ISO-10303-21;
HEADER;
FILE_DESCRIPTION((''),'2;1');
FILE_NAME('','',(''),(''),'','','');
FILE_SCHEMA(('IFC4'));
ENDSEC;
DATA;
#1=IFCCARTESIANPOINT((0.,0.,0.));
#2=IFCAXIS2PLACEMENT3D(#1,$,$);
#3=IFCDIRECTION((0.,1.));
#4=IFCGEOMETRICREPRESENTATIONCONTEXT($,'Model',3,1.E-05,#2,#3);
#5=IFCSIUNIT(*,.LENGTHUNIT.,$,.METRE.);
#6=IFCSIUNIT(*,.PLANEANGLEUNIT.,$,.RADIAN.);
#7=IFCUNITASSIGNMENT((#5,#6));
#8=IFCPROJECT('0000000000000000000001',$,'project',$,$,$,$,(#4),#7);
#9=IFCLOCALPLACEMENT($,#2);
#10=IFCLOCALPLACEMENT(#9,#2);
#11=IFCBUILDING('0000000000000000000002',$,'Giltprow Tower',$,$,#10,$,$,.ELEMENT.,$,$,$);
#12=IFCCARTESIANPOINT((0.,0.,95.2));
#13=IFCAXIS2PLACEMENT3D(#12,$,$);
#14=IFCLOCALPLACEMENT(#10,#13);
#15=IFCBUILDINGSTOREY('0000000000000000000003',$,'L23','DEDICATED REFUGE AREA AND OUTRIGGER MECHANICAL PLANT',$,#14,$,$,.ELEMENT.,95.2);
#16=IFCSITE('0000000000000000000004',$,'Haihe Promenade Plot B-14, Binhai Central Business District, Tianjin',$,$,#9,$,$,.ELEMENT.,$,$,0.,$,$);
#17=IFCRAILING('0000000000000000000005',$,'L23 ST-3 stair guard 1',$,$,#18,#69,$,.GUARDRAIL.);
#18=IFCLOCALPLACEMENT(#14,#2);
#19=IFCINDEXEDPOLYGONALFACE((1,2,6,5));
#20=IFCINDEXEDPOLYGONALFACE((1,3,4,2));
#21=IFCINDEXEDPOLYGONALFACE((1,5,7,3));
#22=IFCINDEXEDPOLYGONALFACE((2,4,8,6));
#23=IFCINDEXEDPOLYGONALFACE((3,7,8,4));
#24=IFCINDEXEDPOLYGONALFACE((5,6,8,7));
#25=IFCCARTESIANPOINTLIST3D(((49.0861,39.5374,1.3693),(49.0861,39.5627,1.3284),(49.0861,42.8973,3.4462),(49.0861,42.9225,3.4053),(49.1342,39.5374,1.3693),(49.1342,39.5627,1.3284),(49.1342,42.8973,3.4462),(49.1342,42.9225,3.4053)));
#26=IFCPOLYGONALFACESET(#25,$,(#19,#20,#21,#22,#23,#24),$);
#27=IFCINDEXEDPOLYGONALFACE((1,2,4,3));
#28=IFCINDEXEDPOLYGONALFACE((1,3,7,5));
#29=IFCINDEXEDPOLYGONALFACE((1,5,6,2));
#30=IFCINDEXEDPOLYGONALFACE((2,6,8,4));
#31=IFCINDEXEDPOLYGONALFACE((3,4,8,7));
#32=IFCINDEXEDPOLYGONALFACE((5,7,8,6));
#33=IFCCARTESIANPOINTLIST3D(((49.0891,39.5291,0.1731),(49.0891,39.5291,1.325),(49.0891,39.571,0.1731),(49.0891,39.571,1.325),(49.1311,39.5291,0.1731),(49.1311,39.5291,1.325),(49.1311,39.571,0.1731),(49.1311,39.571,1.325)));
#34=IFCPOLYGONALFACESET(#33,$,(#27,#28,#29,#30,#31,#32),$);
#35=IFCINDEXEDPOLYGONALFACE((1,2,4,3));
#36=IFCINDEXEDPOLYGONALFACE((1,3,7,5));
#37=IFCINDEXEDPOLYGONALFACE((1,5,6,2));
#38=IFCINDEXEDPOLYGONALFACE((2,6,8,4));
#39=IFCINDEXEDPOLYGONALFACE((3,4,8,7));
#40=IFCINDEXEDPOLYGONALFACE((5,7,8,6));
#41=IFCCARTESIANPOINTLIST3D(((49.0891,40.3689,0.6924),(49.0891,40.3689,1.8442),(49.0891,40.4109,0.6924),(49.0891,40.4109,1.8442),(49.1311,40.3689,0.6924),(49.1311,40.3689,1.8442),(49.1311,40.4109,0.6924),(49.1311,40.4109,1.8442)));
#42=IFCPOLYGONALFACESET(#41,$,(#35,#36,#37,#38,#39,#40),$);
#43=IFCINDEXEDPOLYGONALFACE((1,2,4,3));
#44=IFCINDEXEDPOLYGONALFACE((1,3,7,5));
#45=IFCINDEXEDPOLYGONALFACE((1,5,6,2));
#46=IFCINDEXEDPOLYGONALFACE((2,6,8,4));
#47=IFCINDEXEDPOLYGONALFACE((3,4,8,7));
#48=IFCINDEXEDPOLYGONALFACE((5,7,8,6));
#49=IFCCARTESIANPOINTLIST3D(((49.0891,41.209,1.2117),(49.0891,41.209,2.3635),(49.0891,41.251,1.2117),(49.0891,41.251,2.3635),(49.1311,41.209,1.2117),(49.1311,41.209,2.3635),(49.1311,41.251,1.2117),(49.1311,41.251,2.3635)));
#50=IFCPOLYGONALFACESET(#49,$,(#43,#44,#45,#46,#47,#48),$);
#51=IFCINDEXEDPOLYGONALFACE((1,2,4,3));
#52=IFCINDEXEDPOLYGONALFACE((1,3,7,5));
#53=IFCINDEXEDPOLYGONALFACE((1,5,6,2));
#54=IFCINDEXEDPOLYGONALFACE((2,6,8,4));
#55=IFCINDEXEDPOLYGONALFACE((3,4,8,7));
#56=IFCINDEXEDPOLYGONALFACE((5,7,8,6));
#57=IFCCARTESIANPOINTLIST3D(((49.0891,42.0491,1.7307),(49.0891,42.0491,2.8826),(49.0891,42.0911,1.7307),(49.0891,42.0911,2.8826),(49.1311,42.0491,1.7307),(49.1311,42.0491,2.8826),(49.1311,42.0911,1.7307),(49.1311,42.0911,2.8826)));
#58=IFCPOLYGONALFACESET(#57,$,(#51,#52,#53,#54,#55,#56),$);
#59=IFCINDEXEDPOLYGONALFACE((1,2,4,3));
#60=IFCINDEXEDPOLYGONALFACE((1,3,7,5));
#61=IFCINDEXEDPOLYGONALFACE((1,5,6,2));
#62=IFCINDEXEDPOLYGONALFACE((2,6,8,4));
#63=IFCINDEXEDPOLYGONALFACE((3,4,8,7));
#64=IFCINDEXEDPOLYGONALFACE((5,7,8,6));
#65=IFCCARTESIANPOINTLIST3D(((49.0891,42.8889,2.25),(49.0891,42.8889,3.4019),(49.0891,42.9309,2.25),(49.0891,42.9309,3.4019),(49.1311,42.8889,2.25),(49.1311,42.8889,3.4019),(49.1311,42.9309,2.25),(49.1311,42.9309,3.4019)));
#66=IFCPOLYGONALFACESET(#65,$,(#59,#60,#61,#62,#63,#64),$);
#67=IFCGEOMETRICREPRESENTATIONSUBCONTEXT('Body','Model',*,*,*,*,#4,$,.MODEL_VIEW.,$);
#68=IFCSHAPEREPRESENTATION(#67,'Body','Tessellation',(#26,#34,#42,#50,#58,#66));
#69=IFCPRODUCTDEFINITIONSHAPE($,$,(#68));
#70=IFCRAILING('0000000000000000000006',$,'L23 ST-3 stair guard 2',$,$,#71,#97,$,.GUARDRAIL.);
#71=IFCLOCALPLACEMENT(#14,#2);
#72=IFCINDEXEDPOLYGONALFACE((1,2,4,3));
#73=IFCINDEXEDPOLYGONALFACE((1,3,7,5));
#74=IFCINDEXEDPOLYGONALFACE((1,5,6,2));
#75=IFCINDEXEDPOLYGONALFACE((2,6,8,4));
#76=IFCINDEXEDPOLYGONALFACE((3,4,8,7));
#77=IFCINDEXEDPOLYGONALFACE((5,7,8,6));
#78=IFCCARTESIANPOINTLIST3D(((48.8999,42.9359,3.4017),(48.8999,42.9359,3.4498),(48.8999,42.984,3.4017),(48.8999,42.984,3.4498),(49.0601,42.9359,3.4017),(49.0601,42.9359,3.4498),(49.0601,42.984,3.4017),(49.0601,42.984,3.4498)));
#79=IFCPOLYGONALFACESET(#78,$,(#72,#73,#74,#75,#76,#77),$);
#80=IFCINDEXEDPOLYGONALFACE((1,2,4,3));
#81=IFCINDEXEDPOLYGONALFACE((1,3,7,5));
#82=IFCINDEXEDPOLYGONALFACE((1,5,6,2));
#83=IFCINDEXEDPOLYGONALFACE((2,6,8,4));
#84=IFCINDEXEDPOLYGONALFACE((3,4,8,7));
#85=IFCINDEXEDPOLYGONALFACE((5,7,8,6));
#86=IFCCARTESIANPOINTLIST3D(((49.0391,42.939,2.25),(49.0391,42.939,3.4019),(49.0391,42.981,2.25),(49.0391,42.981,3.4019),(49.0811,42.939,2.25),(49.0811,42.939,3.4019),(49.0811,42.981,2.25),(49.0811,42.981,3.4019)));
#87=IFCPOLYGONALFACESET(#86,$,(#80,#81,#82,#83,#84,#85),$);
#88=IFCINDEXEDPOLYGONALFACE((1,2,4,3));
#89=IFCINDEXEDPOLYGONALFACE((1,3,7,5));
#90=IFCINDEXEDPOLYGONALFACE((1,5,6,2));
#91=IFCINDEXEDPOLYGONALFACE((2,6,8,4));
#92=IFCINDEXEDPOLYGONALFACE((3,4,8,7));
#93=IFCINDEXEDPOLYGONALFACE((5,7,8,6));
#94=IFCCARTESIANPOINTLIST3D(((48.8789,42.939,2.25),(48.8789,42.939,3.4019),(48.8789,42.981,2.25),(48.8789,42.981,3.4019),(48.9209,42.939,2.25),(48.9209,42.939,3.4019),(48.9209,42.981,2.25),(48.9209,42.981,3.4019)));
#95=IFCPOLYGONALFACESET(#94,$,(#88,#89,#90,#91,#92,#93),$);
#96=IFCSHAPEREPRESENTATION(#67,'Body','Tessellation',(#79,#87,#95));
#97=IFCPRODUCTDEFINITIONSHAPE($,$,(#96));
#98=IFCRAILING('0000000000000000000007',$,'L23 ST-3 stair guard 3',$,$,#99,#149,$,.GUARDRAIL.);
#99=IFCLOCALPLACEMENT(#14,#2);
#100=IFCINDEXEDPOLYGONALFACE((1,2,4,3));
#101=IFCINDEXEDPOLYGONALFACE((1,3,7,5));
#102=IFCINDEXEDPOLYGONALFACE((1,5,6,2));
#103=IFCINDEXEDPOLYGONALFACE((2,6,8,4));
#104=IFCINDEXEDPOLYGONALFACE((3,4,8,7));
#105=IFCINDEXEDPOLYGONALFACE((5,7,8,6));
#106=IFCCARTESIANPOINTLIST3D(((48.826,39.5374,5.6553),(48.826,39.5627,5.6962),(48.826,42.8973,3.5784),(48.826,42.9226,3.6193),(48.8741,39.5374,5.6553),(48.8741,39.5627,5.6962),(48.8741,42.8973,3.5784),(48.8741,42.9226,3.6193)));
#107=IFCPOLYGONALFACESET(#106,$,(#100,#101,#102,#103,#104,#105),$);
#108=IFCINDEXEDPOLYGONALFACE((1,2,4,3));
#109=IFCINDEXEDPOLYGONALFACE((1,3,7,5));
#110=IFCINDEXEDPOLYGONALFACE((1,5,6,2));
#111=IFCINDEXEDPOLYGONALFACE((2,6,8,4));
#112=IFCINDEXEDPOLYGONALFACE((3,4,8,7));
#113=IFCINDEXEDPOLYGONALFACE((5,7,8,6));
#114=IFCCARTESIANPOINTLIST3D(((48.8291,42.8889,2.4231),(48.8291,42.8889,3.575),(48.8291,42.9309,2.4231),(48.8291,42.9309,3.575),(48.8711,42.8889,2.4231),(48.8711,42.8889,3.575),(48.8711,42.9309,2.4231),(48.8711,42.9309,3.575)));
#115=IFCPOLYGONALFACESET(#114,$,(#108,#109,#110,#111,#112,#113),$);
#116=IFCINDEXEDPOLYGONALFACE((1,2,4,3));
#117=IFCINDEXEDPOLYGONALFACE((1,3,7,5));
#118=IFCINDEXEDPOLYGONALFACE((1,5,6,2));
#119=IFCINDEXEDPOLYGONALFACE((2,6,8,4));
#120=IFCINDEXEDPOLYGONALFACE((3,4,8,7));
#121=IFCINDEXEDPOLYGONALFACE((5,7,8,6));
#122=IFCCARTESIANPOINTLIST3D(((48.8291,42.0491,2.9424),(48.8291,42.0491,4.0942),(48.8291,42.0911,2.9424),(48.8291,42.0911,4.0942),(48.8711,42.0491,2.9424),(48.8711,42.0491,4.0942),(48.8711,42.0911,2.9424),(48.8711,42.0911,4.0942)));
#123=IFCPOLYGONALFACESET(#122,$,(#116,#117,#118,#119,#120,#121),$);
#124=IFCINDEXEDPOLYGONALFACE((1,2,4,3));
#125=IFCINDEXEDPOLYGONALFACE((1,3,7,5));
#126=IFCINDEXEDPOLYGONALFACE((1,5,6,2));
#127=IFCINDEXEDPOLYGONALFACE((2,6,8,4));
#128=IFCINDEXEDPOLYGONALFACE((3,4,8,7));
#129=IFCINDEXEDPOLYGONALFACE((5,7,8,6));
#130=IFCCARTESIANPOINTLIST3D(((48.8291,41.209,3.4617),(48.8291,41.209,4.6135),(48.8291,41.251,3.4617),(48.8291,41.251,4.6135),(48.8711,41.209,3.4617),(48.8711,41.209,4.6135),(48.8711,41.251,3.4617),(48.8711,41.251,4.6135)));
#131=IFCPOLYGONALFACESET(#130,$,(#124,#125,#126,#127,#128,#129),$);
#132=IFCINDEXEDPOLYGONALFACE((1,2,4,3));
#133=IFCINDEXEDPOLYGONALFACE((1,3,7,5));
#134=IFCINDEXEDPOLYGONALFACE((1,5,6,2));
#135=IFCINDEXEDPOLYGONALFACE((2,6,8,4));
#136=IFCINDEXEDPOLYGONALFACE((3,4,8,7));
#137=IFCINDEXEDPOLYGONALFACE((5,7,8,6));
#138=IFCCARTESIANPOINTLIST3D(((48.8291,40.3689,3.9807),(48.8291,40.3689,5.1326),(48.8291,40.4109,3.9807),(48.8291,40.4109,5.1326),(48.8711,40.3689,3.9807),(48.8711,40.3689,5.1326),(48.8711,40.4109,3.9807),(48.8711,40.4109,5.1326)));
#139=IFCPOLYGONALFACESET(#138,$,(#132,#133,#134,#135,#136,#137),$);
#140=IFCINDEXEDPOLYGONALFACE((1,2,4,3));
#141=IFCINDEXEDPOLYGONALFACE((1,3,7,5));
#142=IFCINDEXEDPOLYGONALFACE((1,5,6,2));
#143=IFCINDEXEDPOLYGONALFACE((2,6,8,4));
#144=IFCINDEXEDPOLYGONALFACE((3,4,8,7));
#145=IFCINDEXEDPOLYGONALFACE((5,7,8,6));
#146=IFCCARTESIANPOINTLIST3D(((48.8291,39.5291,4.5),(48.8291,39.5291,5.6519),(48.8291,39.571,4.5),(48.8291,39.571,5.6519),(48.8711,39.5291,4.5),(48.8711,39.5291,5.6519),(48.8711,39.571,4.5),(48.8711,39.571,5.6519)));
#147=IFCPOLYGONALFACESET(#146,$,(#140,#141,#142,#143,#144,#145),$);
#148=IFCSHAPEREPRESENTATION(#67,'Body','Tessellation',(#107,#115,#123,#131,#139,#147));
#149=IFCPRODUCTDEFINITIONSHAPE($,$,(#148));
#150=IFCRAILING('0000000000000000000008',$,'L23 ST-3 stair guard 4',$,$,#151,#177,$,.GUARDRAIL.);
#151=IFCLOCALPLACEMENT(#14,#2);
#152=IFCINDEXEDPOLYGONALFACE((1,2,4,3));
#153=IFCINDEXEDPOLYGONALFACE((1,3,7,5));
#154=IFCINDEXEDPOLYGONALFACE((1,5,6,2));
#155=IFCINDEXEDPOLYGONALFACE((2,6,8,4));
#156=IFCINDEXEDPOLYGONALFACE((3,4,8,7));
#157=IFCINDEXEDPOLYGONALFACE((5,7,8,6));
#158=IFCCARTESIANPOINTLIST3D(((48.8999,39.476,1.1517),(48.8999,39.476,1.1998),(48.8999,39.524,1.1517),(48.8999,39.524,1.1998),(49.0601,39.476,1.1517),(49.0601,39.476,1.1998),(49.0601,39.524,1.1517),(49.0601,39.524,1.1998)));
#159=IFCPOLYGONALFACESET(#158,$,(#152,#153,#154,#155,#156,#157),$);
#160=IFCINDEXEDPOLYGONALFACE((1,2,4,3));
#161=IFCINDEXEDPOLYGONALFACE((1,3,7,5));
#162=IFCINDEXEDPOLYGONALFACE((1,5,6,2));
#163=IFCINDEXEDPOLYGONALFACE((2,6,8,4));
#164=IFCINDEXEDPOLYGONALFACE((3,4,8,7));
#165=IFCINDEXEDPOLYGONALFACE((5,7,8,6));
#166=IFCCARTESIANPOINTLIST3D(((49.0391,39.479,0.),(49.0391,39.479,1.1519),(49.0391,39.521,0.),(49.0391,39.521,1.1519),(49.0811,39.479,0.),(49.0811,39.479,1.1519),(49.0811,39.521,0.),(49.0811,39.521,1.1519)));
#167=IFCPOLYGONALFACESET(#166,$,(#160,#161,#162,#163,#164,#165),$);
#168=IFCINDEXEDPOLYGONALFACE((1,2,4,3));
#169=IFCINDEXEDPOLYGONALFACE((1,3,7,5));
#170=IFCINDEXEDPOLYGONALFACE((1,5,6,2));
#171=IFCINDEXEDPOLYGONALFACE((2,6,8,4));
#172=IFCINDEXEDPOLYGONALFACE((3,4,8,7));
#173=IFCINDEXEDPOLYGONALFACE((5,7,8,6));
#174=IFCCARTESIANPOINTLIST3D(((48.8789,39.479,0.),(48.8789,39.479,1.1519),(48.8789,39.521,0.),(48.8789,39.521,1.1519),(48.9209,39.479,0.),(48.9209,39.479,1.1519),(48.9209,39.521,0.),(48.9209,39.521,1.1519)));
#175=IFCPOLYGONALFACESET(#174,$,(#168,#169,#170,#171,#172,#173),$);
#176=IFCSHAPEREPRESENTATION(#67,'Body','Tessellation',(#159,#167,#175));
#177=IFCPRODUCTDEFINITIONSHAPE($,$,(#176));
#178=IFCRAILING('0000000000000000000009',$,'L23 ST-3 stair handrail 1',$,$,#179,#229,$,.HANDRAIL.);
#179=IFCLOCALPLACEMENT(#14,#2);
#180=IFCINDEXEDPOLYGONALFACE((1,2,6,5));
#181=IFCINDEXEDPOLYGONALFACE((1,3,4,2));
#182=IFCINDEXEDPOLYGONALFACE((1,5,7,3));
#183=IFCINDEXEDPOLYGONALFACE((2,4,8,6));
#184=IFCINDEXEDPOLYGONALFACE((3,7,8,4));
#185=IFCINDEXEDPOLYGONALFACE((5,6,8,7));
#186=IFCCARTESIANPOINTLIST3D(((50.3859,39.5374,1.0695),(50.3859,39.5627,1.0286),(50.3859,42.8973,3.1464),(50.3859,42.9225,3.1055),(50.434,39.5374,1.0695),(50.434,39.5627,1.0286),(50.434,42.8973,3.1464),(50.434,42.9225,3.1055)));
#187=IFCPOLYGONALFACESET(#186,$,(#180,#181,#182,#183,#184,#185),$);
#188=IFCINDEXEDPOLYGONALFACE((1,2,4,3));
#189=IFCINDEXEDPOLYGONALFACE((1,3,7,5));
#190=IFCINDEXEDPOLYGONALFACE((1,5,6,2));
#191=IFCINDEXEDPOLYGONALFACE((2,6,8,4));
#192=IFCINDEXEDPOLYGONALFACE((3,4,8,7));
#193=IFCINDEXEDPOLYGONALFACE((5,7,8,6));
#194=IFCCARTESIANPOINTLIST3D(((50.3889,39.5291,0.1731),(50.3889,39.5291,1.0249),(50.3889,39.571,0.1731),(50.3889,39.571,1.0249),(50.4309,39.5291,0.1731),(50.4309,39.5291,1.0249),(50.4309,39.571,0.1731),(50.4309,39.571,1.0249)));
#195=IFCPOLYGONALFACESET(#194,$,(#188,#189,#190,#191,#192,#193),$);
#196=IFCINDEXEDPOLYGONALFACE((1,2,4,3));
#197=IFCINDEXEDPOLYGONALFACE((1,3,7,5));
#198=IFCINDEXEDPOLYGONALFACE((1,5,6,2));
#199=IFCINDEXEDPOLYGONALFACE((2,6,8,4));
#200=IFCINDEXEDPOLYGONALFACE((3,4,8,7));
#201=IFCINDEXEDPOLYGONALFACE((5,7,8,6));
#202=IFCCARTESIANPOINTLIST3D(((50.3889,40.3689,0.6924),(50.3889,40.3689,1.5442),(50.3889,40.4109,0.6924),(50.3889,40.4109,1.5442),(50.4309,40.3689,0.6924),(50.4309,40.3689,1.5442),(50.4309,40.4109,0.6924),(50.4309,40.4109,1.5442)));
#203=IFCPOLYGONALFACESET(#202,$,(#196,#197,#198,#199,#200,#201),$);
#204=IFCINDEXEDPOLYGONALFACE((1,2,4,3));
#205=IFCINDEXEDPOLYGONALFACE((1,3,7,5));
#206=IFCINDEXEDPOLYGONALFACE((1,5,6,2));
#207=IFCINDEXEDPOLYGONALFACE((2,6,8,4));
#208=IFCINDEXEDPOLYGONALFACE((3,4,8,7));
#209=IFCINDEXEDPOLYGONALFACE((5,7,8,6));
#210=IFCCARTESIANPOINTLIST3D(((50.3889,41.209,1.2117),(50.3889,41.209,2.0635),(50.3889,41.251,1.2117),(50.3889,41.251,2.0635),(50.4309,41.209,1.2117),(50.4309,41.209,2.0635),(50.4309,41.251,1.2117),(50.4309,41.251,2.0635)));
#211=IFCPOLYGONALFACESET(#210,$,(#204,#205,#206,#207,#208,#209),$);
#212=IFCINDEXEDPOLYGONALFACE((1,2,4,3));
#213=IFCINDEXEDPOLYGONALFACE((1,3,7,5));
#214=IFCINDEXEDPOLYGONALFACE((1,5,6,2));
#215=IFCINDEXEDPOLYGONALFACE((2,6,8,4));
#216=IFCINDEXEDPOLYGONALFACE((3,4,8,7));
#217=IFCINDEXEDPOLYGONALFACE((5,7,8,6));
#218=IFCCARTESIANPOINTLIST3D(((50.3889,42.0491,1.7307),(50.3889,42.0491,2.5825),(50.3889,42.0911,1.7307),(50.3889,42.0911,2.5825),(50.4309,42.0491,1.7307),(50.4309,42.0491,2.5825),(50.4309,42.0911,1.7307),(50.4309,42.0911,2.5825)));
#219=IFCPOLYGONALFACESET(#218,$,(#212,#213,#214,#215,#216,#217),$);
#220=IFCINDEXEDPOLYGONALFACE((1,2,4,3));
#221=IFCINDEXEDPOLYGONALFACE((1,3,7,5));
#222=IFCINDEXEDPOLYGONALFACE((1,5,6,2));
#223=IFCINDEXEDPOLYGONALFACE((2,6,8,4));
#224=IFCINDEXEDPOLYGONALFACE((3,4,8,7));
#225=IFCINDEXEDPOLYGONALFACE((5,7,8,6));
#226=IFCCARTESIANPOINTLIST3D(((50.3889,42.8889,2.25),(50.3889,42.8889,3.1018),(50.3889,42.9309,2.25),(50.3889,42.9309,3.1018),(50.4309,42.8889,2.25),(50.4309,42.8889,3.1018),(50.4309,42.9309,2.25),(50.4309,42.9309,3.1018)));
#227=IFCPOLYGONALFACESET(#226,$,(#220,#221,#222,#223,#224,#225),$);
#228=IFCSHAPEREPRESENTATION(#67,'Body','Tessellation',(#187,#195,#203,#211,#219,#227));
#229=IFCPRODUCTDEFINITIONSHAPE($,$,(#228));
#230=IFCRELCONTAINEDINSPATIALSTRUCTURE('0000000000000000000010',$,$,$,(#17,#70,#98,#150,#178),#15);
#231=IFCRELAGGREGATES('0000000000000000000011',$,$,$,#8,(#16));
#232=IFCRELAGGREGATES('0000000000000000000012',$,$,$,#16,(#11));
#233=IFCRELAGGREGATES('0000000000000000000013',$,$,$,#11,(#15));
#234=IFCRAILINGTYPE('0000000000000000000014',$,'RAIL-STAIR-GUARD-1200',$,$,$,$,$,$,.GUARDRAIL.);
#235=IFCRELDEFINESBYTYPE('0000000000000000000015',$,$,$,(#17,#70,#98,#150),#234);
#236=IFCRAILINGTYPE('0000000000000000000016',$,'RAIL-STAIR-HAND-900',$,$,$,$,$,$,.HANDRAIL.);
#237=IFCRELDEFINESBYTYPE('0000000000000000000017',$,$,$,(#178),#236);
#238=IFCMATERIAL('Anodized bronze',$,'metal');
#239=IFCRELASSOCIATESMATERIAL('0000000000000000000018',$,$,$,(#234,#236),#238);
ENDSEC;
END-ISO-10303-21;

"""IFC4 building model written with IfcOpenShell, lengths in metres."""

from ifc_helpers import new_model, si_unit, direction, frame, origin, origin_2d, place, context, subcontext, project, spatial, rectangle, extrude, material, type_object, element, save


model = new_model("IFC4")

# Units and contexts
model_context = context("Model", 3, precision=1e-05, world=origin(), true_north=direction((0.0, 1.0)))
body_context = subcontext(model_context, "Body", "Model", "MODEL_VIEW")
ifc_project = project(units=[si_unit("LENGTHUNIT", "METRE"), si_unit("PLANEANGLEUNIT", "RADIAN")], contexts=[model_context])

# Site, building, storey
site_placement = place(None, origin())
site = spatial("IfcSite", under=ifc_project, at=site_placement, Name="Haihe Promenade Plot B-14, Binhai Central Business District, Tianjin", CompositionType="ELEMENT", RefElevation=0.0)
building_placement = place(site_placement, origin())
building = spatial("IfcBuilding", under=site, at=building_placement, Name="Giltprow Tower", CompositionType="ELEMENT")
storey_placement = place(building_placement, frame((0.0, 0.0, 95.2)))
storey = spatial("IfcBuildingStorey", under=building, at=storey_placement, Name="L23", Description="DEDICATED REFUGE AREA AND OUTRIGGER MECHANICAL PLANT", CompositionType="ELEMENT", Elevation=95.2)

# Railings
ifc_material_1 = material(Name="Anodized bronze", Category="metal")
railing_type_1 = type_object("IfcRailingType", Name="RAIL-STAIR-GUARD-1200", PredefinedType="GUARDRAIL", material=ifc_material_1)
railing_1_placement = place(storey_placement, frame((49.1101, 39.55, 0.1731)))
element("IfcRailing", 1, at=railing_1_placement, inside=storey, type_object=railing_type_1, Name="L23 ST-3 stair guard 1", PredefinedType="GUARDRAIL", context=body_context, shape_type="SweptSolid", body=[
    extrude(rectangle(XDim=0.0481, YDim=0.0481, at=origin_2d()), frame((0.0, 0.0, 1.1758), z_axis=(0.0, 0.850606, 0.525803), x_axis=(-1.0, 0.0, 0.0)), (0.0, 0.0, 1.0), 3.95),
    extrude(rectangle(XDim=0.042, YDim=0.042, at=origin_2d()), origin(), (0.0, 0.0, 1.0), 1.1519),
    extrude(rectangle(XDim=0.042, YDim=0.042, at=origin_2d()), frame((0.0, 0.8398, 0.5193)), (0.0, 0.0, 1.0), 1.1519),
    extrude(rectangle(XDim=0.042, YDim=0.042, at=origin_2d()), frame((0.0, 1.6799, 1.0386)), (0.0, 0.0, 1.0), 1.1519),
    extrude(rectangle(XDim=0.042, YDim=0.042, at=origin_2d()), frame((0.0, 2.52, 1.5576)), (0.0, 0.0, 1.0), 1.1519),
    extrude(rectangle(XDim=0.042, YDim=0.042, at=origin_2d()), frame((0.0, 3.3599, 2.0769)), (0.0, 0.0, 1.0), 1.1519),
])
railing_2_placement = place(storey_placement, frame((49.0601, 42.96, 2.25)))
element("IfcRailing", 2, at=railing_2_placement, inside=storey, type_object=railing_type_1, Name="L23 ST-3 stair guard 2", PredefinedType="GUARDRAIL", context=body_context, shape_type="SweptSolid", body=[
    extrude(rectangle(XDim=0.0481, YDim=0.0481, at=origin_2d()), frame((0.0, 0.0, 1.1758), z_axis=(-1.0, 0.0, 0.0), x_axis=(0.0, -1.0, 0.0)), (0.0, 0.0, 1.0), 0.1602),
    extrude(rectangle(XDim=0.042, YDim=0.042, at=origin_2d()), origin(), (0.0, 0.0, 1.0), 1.1519),
    extrude(rectangle(XDim=0.042, YDim=0.042, at=origin_2d()), frame((-0.1602, 0.0, 0.0)), (0.0, 0.0, 1.0), 1.1519),
])
railing_3_placement = place(storey_placement, frame((48.8501, 42.9099, 2.4231)))
element("IfcRailing", 3, at=railing_3_placement, inside=storey, type_object=railing_type_1, Name="L23 ST-3 stair guard 3", PredefinedType="GUARDRAIL", context=body_context, shape_type="SweptSolid", body=[
    extrude(rectangle(XDim=0.0481, YDim=0.0481, at=origin_2d()), frame((0.0, 0.0, 1.1758), z_axis=(0.0, -0.850606, 0.525803), x_axis=(1.0, 0.0, 0.0)), (0.0, 0.0, 1.0), 3.95),
    extrude(rectangle(XDim=0.042, YDim=0.042, at=origin_2d()), origin(), (0.0, 0.0, 1.0), 1.1519),
    extrude(rectangle(XDim=0.042, YDim=0.042, at=origin_2d()), frame((0.0, -0.8398, 0.5193)), (0.0, 0.0, 1.0), 1.1519),
    extrude(rectangle(XDim=0.042, YDim=0.042, at=origin_2d()), frame((0.0, -1.6799, 1.0386)), (0.0, 0.0, 1.0), 1.1519),
    extrude(rectangle(XDim=0.042, YDim=0.042, at=origin_2d()), frame((0.0, -2.52, 1.5576)), (0.0, 0.0, 1.0), 1.1519),
    extrude(rectangle(XDim=0.042, YDim=0.042, at=origin_2d()), frame((0.0, -3.3599, 2.0769)), (0.0, 0.0, 1.0), 1.1519),
])
railing_4_placement = place(storey_placement, frame((49.0601, 39.5, 0.0)))
element("IfcRailing", 4, at=railing_4_placement, inside=storey, type_object=railing_type_1, Name="L23 ST-3 stair guard 4", PredefinedType="GUARDRAIL", context=body_context, shape_type="SweptSolid", body=[
    extrude(rectangle(XDim=0.0481, YDim=0.0481, at=origin_2d()), frame((0.0, 0.0, 1.1758), z_axis=(-1.0, 0.0, 0.0), x_axis=(0.0, -1.0, 0.0)), (0.0, 0.0, 1.0), 0.1602),
    extrude(rectangle(XDim=0.042, YDim=0.042, at=origin_2d()), origin(), (0.0, 0.0, 1.0), 1.1519),
    extrude(rectangle(XDim=0.042, YDim=0.042, at=origin_2d()), frame((-0.1602, 0.0, 0.0)), (0.0, 0.0, 1.0), 1.1519),
])
railing_type_2 = type_object("IfcRailingType", Name="RAIL-STAIR-HAND-900", PredefinedType="HANDRAIL", material=ifc_material_1)
railing_5_placement = place(storey_placement, frame((50.4099, 39.55, 0.1731)))
element("IfcRailing", 5, at=railing_5_placement, inside=storey, type_object=railing_type_2, Name="L23 ST-3 stair handrail 1", PredefinedType="HANDRAIL", context=body_context, shape_type="SweptSolid", body=[
    extrude(rectangle(XDim=0.0481, YDim=0.0481, at=origin_2d()), frame((0.0, 0.0, 0.876), z_axis=(0.0, 0.850606, 0.525803), x_axis=(-1.0, 0.0, 0.0)), (0.0, 0.0, 1.0), 3.95),
    extrude(rectangle(XDim=0.042, YDim=0.042, at=origin_2d()), origin(), (0.0, 0.0, 1.0), 0.8518),
    extrude(rectangle(XDim=0.042, YDim=0.042, at=origin_2d()), frame((0.0, 0.8398, 0.5193)), (0.0, 0.0, 1.0), 0.8518),
    extrude(rectangle(XDim=0.042, YDim=0.042, at=origin_2d()), frame((0.0, 1.6799, 1.0386)), (0.0, 0.0, 1.0), 0.8518),
    extrude(rectangle(XDim=0.042, YDim=0.042, at=origin_2d()), frame((0.0, 2.52, 1.5576)), (0.0, 0.0, 1.0), 0.8518),
    extrude(rectangle(XDim=0.042, YDim=0.042, at=origin_2d()), frame((0.0, 3.3599, 2.0769)), (0.0, 0.0, 1.0), 0.8518),
])

save(model, "model.ifc")
